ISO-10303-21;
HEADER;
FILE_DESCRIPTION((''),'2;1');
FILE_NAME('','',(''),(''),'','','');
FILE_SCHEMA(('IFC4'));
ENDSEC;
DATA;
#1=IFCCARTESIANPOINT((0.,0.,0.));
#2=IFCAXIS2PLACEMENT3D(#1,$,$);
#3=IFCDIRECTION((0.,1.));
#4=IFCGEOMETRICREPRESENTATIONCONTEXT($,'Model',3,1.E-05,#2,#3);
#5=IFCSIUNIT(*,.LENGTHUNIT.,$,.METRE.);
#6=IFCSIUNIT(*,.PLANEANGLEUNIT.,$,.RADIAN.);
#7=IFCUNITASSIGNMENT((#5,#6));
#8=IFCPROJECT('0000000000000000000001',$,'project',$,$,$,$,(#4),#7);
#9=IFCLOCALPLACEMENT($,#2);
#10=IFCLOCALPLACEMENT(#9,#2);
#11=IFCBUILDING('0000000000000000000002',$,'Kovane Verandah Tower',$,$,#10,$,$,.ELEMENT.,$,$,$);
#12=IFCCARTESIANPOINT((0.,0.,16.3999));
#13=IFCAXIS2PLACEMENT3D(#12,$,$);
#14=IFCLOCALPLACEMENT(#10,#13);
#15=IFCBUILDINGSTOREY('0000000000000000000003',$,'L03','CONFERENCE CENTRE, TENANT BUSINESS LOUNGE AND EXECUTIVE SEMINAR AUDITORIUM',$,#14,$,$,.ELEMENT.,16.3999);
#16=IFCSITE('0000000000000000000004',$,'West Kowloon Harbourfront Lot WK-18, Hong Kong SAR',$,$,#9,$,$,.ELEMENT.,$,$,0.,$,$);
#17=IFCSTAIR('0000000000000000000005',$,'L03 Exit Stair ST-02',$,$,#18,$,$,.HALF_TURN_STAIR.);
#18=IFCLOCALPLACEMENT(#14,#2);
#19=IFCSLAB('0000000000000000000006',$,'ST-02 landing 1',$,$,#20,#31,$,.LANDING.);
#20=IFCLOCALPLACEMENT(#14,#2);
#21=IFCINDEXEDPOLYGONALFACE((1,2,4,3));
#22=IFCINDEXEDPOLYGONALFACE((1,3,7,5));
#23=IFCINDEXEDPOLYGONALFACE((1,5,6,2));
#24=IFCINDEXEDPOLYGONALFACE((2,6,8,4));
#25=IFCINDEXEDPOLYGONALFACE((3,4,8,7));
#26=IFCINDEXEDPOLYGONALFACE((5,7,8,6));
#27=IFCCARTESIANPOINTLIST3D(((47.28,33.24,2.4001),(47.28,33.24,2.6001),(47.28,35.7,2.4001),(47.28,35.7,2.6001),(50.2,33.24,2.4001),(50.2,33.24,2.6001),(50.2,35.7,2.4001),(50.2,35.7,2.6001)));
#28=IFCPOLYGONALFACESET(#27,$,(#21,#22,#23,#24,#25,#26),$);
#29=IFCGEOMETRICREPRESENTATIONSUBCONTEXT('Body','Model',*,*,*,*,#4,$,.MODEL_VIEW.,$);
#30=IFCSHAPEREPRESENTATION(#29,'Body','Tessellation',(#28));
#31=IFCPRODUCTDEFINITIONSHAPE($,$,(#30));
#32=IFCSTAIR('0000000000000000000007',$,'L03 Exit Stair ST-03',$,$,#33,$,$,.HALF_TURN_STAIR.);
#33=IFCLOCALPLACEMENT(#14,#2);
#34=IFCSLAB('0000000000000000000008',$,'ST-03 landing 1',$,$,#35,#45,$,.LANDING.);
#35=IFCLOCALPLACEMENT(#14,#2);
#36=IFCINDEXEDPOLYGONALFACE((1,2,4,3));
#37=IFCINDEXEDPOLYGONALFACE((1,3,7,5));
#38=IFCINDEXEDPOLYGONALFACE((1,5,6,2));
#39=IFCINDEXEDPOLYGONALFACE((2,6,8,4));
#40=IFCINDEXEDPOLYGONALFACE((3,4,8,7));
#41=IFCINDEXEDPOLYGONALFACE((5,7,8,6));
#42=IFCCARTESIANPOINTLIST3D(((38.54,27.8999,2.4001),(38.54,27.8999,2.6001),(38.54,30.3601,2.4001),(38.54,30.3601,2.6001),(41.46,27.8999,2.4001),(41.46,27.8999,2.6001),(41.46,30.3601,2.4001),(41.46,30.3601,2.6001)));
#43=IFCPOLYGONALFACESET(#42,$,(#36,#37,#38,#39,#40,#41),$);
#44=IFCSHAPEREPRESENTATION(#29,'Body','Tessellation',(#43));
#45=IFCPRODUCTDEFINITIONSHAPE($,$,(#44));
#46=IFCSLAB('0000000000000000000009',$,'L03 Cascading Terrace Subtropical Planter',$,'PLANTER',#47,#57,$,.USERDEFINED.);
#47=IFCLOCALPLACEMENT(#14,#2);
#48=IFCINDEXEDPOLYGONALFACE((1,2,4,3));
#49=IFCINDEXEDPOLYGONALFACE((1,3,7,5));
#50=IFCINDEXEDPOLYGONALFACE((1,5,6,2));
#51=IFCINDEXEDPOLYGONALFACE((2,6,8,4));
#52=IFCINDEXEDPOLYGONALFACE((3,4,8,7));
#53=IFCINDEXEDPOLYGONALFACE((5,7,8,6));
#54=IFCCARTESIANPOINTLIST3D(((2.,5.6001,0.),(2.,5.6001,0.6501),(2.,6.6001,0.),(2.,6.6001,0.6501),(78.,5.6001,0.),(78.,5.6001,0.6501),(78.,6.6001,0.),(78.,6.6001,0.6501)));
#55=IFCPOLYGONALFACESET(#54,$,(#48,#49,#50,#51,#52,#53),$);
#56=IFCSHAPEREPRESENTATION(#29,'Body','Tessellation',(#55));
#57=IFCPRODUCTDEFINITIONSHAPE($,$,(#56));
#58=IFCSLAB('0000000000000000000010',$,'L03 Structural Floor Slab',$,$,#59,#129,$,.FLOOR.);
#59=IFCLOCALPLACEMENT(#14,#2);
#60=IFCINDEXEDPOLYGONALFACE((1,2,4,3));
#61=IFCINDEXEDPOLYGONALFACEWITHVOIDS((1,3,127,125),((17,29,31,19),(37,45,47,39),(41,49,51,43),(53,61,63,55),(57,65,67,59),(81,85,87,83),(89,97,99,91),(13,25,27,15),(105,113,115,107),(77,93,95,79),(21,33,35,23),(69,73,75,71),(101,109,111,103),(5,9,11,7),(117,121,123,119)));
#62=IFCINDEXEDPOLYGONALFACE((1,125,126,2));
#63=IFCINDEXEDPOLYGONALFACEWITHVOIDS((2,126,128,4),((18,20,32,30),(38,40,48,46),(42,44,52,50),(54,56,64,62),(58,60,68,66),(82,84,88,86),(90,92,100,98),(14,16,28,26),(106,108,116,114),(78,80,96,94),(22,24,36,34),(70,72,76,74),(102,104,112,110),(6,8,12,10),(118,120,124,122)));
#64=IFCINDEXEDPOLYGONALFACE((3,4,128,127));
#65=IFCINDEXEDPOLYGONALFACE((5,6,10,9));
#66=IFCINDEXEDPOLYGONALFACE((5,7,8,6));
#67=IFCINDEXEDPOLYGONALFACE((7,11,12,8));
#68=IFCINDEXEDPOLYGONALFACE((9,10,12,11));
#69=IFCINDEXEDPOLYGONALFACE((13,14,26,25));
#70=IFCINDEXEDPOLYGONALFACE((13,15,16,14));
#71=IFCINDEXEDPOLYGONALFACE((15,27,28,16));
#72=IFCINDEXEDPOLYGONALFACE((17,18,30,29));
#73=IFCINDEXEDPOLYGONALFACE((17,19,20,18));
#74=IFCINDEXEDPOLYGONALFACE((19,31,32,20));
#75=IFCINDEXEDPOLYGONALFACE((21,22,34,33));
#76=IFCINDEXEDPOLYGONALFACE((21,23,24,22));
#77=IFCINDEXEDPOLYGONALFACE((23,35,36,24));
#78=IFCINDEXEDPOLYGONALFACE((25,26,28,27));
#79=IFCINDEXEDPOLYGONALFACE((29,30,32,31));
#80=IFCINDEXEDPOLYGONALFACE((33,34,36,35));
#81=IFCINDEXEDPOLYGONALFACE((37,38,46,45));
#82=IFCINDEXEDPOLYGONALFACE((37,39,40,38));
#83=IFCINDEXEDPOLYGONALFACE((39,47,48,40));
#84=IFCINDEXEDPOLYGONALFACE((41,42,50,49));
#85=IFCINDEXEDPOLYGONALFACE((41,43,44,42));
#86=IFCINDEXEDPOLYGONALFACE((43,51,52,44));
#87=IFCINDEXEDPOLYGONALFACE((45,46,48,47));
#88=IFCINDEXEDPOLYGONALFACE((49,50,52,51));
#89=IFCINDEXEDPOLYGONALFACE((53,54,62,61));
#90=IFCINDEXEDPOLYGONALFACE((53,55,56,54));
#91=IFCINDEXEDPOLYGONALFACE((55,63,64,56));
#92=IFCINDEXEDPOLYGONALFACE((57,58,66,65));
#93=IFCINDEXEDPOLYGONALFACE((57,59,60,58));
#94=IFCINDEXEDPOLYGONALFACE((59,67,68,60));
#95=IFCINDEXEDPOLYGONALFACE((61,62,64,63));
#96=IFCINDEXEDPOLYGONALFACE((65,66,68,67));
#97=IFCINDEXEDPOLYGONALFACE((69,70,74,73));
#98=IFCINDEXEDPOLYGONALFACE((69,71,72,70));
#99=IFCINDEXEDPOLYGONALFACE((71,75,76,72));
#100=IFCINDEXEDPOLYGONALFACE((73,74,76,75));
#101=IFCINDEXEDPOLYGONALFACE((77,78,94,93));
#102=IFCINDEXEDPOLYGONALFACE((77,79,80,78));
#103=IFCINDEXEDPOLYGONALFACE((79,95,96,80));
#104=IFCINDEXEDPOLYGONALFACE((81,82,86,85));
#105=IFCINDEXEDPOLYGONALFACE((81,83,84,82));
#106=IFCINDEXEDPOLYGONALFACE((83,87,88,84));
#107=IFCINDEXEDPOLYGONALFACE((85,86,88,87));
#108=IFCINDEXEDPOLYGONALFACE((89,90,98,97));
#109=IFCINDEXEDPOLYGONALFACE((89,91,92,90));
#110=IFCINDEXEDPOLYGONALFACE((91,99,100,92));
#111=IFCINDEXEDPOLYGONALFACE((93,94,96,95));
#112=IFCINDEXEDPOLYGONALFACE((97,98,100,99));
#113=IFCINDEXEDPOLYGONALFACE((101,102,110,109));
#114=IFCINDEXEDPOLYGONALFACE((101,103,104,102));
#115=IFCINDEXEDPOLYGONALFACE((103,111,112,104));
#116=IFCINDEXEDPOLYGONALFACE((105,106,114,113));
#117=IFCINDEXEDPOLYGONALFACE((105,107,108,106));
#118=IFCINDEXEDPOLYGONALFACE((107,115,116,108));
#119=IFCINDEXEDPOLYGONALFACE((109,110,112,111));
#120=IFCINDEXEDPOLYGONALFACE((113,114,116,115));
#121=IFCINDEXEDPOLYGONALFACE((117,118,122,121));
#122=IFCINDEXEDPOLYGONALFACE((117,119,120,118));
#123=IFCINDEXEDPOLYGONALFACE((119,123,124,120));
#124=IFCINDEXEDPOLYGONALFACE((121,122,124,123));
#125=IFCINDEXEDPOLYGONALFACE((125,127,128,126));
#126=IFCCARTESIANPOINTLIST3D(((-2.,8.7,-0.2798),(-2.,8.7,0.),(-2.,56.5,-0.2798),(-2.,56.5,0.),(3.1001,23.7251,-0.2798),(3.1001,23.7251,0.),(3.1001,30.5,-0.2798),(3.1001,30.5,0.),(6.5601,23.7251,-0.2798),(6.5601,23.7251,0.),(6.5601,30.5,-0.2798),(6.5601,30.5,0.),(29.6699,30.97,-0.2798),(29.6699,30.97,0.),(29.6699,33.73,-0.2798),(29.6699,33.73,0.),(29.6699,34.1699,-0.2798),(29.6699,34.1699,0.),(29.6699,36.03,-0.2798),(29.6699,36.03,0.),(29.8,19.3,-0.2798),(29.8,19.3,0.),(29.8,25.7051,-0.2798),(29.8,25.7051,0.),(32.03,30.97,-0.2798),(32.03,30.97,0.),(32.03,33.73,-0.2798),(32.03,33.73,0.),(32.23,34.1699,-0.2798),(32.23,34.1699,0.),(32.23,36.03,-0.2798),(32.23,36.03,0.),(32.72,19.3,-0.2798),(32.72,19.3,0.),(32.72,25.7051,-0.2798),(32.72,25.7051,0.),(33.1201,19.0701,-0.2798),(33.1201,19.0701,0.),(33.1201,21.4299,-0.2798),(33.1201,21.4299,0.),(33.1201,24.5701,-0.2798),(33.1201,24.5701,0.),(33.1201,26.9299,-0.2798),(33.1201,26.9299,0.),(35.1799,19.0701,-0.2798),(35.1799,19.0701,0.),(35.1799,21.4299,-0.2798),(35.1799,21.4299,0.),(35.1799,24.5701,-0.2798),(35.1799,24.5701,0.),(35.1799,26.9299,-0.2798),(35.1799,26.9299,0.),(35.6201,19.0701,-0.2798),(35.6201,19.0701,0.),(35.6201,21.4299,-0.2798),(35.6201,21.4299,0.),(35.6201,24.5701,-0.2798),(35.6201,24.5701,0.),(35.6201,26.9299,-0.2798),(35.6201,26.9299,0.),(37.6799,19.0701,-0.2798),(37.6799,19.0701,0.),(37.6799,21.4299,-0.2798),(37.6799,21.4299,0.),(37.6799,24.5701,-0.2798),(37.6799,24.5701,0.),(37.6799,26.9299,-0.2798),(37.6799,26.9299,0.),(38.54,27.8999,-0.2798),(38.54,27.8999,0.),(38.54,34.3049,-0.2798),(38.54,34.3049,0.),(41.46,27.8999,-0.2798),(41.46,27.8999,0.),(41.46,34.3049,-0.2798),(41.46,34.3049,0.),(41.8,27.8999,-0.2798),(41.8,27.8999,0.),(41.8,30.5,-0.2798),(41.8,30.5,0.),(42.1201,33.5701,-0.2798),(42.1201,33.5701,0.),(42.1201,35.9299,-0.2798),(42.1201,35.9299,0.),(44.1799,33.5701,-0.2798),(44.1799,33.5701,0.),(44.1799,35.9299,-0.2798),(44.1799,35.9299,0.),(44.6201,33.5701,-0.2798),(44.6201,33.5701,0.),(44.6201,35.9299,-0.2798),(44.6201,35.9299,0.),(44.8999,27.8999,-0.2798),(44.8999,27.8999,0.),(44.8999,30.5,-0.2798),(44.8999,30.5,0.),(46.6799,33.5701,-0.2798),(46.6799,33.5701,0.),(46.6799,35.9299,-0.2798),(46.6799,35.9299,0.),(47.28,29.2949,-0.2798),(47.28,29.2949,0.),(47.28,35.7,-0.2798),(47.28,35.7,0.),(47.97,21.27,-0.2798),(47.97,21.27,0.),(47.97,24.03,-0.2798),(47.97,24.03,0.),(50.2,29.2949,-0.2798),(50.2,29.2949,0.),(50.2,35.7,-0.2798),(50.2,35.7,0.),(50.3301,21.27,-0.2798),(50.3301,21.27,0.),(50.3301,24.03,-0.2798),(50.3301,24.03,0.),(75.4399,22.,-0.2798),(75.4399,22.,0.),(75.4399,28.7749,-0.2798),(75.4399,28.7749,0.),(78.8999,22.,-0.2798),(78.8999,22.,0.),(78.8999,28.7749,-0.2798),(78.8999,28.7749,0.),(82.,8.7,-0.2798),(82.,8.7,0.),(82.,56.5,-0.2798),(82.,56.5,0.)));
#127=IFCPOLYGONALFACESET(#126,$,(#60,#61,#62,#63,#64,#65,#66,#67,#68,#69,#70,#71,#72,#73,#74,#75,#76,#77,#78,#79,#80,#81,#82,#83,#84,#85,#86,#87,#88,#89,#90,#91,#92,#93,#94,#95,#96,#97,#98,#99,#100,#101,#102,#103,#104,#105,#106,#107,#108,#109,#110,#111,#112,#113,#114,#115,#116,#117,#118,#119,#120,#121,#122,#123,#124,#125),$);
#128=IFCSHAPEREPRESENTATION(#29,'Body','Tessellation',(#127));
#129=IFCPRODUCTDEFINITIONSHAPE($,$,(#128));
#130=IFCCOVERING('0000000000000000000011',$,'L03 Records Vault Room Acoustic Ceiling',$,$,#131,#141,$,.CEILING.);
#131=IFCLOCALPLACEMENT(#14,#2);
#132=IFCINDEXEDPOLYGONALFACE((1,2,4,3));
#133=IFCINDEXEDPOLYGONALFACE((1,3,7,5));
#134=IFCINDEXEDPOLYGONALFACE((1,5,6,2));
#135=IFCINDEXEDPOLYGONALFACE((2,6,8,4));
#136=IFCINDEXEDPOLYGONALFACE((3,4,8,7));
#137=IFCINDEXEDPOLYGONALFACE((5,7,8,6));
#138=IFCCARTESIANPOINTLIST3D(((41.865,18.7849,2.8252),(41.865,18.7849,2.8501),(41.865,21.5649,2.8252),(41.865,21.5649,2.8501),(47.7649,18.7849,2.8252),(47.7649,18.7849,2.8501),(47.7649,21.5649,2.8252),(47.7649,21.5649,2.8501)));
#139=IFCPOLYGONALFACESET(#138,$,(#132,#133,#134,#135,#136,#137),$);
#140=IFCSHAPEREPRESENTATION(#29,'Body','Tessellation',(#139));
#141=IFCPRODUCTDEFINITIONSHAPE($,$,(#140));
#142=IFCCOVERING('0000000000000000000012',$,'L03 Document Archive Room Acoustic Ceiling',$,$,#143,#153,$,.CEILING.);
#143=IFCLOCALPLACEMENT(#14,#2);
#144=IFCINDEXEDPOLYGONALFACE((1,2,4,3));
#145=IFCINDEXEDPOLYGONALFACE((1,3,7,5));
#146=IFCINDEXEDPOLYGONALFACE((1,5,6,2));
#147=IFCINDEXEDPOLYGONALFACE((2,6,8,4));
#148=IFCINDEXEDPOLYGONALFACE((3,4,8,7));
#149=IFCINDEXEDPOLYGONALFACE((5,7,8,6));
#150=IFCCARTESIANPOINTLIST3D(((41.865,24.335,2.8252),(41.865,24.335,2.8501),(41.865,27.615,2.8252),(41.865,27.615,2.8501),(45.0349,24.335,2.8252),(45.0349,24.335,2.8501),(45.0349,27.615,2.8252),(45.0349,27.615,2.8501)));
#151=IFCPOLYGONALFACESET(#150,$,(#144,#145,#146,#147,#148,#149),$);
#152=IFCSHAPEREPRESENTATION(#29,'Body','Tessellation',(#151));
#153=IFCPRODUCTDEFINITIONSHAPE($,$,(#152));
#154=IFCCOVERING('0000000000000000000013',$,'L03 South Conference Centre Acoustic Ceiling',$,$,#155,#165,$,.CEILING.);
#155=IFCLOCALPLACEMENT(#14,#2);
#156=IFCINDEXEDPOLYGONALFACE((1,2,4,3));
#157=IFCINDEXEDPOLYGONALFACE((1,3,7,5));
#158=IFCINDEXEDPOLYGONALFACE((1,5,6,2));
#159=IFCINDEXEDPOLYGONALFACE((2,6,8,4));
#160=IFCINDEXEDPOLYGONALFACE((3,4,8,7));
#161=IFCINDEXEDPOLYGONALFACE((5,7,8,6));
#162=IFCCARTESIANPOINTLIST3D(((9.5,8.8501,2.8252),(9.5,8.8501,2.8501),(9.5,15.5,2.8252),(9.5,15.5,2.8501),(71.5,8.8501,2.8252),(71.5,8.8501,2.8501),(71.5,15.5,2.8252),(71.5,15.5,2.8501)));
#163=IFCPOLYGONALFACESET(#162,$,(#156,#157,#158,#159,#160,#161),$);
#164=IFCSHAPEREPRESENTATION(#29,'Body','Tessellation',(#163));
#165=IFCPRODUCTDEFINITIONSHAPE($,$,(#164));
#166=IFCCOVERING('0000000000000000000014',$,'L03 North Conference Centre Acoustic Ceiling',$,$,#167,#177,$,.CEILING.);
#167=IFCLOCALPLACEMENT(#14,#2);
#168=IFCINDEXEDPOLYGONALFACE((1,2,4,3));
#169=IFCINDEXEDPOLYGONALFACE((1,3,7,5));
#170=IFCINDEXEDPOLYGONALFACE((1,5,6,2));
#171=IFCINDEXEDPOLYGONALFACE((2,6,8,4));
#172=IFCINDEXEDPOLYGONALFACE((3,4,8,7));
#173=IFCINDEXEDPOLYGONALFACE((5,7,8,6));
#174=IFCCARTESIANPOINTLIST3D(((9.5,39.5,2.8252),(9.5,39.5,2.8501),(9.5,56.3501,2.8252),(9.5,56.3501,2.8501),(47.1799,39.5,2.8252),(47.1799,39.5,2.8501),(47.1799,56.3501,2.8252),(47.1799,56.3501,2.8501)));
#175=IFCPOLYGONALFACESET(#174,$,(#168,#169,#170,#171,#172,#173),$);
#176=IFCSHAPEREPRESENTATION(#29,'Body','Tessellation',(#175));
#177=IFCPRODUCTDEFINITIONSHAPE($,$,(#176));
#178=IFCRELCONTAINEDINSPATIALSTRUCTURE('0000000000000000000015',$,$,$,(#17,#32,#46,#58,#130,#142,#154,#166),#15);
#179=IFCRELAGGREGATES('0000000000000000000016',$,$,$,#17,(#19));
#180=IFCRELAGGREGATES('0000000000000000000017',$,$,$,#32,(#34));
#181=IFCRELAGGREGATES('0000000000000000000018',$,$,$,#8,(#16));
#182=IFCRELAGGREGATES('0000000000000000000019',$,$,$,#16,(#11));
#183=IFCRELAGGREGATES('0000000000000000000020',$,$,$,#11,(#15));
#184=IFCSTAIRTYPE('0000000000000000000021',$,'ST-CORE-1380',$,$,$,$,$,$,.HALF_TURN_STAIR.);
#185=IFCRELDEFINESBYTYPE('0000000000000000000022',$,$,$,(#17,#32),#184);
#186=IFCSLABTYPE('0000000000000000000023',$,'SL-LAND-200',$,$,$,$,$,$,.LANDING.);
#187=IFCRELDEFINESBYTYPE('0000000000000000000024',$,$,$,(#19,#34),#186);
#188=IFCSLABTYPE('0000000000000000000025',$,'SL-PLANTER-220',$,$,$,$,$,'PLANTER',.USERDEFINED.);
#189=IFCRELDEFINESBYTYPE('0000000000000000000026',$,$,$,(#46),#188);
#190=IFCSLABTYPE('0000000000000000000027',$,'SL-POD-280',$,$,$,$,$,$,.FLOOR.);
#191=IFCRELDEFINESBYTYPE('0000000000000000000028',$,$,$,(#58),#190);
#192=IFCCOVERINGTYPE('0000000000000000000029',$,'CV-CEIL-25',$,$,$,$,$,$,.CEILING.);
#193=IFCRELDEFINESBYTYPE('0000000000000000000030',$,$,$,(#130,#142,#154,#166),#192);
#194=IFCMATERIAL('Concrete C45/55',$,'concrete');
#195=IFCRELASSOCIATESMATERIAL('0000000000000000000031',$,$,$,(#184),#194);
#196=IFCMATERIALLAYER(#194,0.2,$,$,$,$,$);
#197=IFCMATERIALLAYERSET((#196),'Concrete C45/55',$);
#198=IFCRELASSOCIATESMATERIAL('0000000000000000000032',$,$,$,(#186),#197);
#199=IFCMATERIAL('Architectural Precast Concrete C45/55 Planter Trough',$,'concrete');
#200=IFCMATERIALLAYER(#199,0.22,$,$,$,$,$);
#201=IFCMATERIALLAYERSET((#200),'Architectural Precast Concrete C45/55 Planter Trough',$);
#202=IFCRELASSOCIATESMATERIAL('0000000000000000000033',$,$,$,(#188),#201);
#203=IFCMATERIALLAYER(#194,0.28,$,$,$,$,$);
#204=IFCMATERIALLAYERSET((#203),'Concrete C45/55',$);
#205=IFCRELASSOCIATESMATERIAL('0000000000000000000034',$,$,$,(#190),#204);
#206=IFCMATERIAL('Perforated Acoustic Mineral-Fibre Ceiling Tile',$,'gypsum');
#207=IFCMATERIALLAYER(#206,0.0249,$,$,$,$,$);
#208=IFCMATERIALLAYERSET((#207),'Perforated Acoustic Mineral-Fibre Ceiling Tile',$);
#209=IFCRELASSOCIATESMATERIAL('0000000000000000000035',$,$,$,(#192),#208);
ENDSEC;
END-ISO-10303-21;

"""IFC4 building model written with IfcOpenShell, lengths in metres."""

from ifc_helpers import new_model, si_unit, direction, frame, origin, place, context, subcontext, project, spatial, polyline, outline, extrude, material, layer, layer_set, type_object, element, aggregate, save


model = new_model("IFC4")

# Units and contexts
model_context = context("Model", 3, precision=1e-05, world=origin(), true_north=direction((0.0, 1.0)))
body_context = subcontext(model_context, "Body", "Model", "MODEL_VIEW")
ifc_project = project(units=[si_unit("LENGTHUNIT", "METRE"), si_unit("PLANEANGLEUNIT", "RADIAN")], contexts=[model_context])

# Site, building, storey
site_placement = place(None, origin())
site = spatial("IfcSite", under=ifc_project, at=site_placement, Name="West Kowloon Harbourfront Lot WK-18, Hong Kong SAR", CompositionType="ELEMENT", RefElevation=0.0)
building_placement = place(site_placement, origin())
building = spatial("IfcBuilding", under=site, at=building_placement, Name="Kovane Verandah Tower", CompositionType="ELEMENT")
storey_placement = place(building_placement, frame((0.0, 0.0, 16.3999)))
storey = spatial("IfcBuildingStorey", under=building, at=storey_placement, Name="L03", Description="CONFERENCE CENTRE, TENANT BUSINESS LOUNGE AND EXECUTIVE SEMINAR AUDITORIUM", CompositionType="ELEMENT", Elevation=16.3999)

# Shared definitions
ifc_material_1 = material(Name="Concrete C45/55", Category="concrete")

# Stairs, slabs
stair_type = type_object("IfcStairType", Name="ST-CORE-1380", PredefinedType="HALF_TURN_STAIR", material=ifc_material_1)
ifc_layer_1 = layer(ifc_material_1, 0.2)
ifc_layer_set_1 = layer_set([ifc_layer_1], Name="Concrete C45/55")
slab_type_1 = type_object("IfcSlabType", Name="SL-LAND-200", PredefinedType="LANDING", material=ifc_layer_set_1)
stair_1_placement = place(storey_placement, origin())
stair_1 = element("IfcStair", 1, at=stair_1_placement, inside=storey, type_object=stair_type, Name="L03 Exit Stair ST-02", PredefinedType="HALF_TURN_STAIR")
slab_1_placement = place(storey_placement, frame((0.0, 0.0, 2.4001)))
slab_1 = element("IfcSlab", 2, at=slab_1_placement, type_object=slab_type_1, Name="ST-02 landing 1", PredefinedType="LANDING", context=body_context, shape_type="SweptSolid", body=[
    extrude(outline(polyline([(50.2, 33.24), (50.2, 35.7), (47.28, 35.7), (47.28, 33.24), (50.2, 33.24)])), origin(), (0.0, 0.0, 1.0), 0.2),
])
aggregate(stair_1, [slab_1])
stair_2_placement = place(storey_placement, origin())
stair_2 = element("IfcStair", 3, at=stair_2_placement, inside=storey, type_object=stair_type, Name="L03 Exit Stair ST-03", PredefinedType="HALF_TURN_STAIR")
slab_2_placement = place(storey_placement, frame((0.0, 0.0, 2.4001)))
slab_2 = element("IfcSlab", 4, at=slab_2_placement, type_object=slab_type_1, Name="ST-03 landing 1", PredefinedType="LANDING", context=body_context, shape_type="SweptSolid", body=[
    extrude(outline(polyline([(38.54, 30.3601), (38.54, 27.8999), (41.46, 27.8999), (41.46, 30.3601), (38.54, 30.3601)])), origin(), (0.0, 0.0, 1.0), 0.2),
])
aggregate(stair_2, [slab_2])

# Slabs
ifc_material_2 = material(Name="Architectural Precast Concrete C45/55 Planter Trough", Category="concrete")
ifc_layer_2 = layer(ifc_material_2, 0.22)
ifc_layer_set_2 = layer_set([ifc_layer_2], Name="Architectural Precast Concrete C45/55 Planter Trough")
slab_type_2 = type_object("IfcSlabType", Name="SL-PLANTER-220", ElementType="PLANTER", PredefinedType="USERDEFINED", material=ifc_layer_set_2)
slab_3_placement = place(storey_placement, origin())
element("IfcSlab", 5, at=slab_3_placement, inside=storey, type_object=slab_type_2, Name="L03 Cascading Terrace Subtropical Planter", ObjectType="PLANTER", PredefinedType="USERDEFINED", context=body_context, shape_type="SweptSolid", body=[
    extrude(outline(polyline([(2.0, 5.6001), (78.0, 5.6001), (78.0, 6.6001), (2.0, 6.6001), (2.0, 5.6001)])), origin(), (0.0, 0.0, 1.0), 0.6501),
])
ifc_layer_3 = layer(ifc_material_1, 0.28)
ifc_layer_set_3 = layer_set([ifc_layer_3], Name="Concrete C45/55")
slab_type_3 = type_object("IfcSlabType", Name="SL-POD-280", PredefinedType="FLOOR", material=ifc_layer_set_3)
slab_4_placement = place(storey_placement, frame((0.0, 0.0, -0.2798)))
element("IfcSlab", 6, at=slab_4_placement, inside=storey, type_object=slab_type_3, Name="L03 Structural Floor Slab", PredefinedType="FLOOR", context=body_context, shape_type="SweptSolid", body=[
    extrude(outline(polyline([(-2.0, 8.7), (82.0, 8.7), (82.0, 56.5), (-2.0, 56.5), (-2.0, 8.7)]), holes=[polyline([(29.8, 19.3), (32.72, 19.3), (32.72, 25.7051), (29.8, 25.7051), (29.8, 19.3)]), polyline([(47.28, 29.2949), (50.2, 29.2949), (50.2, 35.7), (47.28, 35.7), (47.28, 29.2949)]), polyline([(38.54, 27.8999), (41.46, 27.8999), (41.46, 34.3049), (38.54, 34.3049), (38.54, 27.8999)]), polyline([(3.1001, 23.7251), (6.5601, 23.7251), (6.5601, 30.5), (3.1001, 30.5), (3.1001, 23.7251)]), polyline([(75.4399, 22.0), (78.8999, 22.0), (78.8999, 28.7749), (75.4399, 28.7749), (75.4399, 22.0)]), polyline([(29.6699, 30.97), (32.03, 30.97), (32.03, 33.73), (29.6699, 33.73), (29.6699, 30.97)]), polyline([(47.97, 21.27), (50.3301, 21.27), (50.3301, 24.03), (47.97, 24.03), (47.97, 21.27)]), polyline([(29.6699, 34.1699), (32.23, 34.1699), (32.23, 36.03), (29.6699, 36.03), (29.6699, 34.1699)]), polyline([(33.1201, 19.0701), (35.1799, 19.0701), (35.1799, 21.4299), (33.1201, 21.4299), (33.1201, 19.0701)]), polyline([(35.6201, 19.0701), (37.6799, 19.0701), (37.6799, 21.4299), (35.6201, 21.4299), (35.6201, 19.0701)]), polyline([(33.1201, 24.5701), (35.1799, 24.5701), (35.1799, 26.9299), (33.1201, 26.9299), (33.1201, 24.5701)]), polyline([(35.6201, 24.5701), (37.6799, 24.5701), (37.6799, 26.9299), (35.6201, 26.9299), (35.6201, 24.5701)]), polyline([(42.1201, 33.5701), (44.1799, 33.5701), (44.1799, 35.9299), (42.1201, 35.9299), (42.1201, 33.5701)]), polyline([(44.6201, 33.5701), (46.6799, 33.5701), (46.6799, 35.9299), (44.6201, 35.9299), (44.6201, 33.5701)]), polyline([(41.8, 27.8999), (44.8999, 27.8999), (44.8999, 30.5), (41.8, 30.5), (41.8, 27.8999)])]), origin(), (0.0, 0.0, 1.0), 0.2798),
])

# Coverings
ifc_material_3 = material(Name="Perforated Acoustic Mineral-Fibre Ceiling Tile", Category="gypsum")
ifc_layer_4 = layer(ifc_material_3, 0.0249)
ifc_layer_set_4 = layer_set([ifc_layer_4], Name="Perforated Acoustic Mineral-Fibre Ceiling Tile")
covering_type_1 = type_object("IfcCoveringType", Name="CV-CEIL-25", PredefinedType="CEILING", material=ifc_layer_set_4)
covering_1_placement = place(storey_placement, frame((0.0, 0.0, 2.8252)))
element("IfcCovering", 7, at=covering_1_placement, inside=storey, type_object=covering_type_1, Name="L03 Records Vault Room Acoustic Ceiling", PredefinedType="CEILING", context=body_context, shape_type="SweptSolid", body=[
    extrude(outline(polyline([(41.865, 18.7849), (47.7649, 18.7849), (47.7649, 21.5649), (41.865, 21.5649), (41.865, 18.7849)])), origin(), (0.0, 0.0, 1.0), 0.0249),
])
covering_2_placement = place(storey_placement, frame((0.0, 0.0, 2.8252)))
element("IfcCovering", 8, at=covering_2_placement, inside=storey, type_object=covering_type_1, Name="L03 Document Archive Room Acoustic Ceiling", PredefinedType="CEILING", context=body_context, shape_type="SweptSolid", body=[
    extrude(outline(polyline([(41.865, 24.335), (45.0349, 24.335), (45.0349, 27.615), (41.865, 27.615), (41.865, 24.335)])), origin(), (0.0, 0.0, 1.0), 0.0249),
])
covering_3_placement = place(storey_placement, frame((0.0, 0.0, 2.8252)))
element("IfcCovering", 9, at=covering_3_placement, inside=storey, type_object=covering_type_1, Name="L03 South Conference Centre Acoustic Ceiling", PredefinedType="CEILING", context=body_context, shape_type="SweptSolid", body=[
    extrude(outline(polyline([(9.5, 8.8501), (71.5, 8.8501), (71.5, 15.5), (9.5, 15.5), (9.5, 8.8501)])), origin(), (0.0, 0.0, 1.0), 0.0249),
])
covering_4_placement = place(storey_placement, frame((0.0, 0.0, 2.8252)))
element("IfcCovering", 10, at=covering_4_placement, inside=storey, type_object=covering_type_1, Name="L03 North Conference Centre Acoustic Ceiling", PredefinedType="CEILING", context=body_context, shape_type="SweptSolid", body=[
    extrude(outline(polyline([(9.5, 39.5), (47.1799, 39.5), (47.1799, 56.3501), (9.5, 56.3501), (9.5, 39.5)])), origin(), (0.0, 0.0, 1.0), 0.0249),
])

save(model, "model.ifc")
